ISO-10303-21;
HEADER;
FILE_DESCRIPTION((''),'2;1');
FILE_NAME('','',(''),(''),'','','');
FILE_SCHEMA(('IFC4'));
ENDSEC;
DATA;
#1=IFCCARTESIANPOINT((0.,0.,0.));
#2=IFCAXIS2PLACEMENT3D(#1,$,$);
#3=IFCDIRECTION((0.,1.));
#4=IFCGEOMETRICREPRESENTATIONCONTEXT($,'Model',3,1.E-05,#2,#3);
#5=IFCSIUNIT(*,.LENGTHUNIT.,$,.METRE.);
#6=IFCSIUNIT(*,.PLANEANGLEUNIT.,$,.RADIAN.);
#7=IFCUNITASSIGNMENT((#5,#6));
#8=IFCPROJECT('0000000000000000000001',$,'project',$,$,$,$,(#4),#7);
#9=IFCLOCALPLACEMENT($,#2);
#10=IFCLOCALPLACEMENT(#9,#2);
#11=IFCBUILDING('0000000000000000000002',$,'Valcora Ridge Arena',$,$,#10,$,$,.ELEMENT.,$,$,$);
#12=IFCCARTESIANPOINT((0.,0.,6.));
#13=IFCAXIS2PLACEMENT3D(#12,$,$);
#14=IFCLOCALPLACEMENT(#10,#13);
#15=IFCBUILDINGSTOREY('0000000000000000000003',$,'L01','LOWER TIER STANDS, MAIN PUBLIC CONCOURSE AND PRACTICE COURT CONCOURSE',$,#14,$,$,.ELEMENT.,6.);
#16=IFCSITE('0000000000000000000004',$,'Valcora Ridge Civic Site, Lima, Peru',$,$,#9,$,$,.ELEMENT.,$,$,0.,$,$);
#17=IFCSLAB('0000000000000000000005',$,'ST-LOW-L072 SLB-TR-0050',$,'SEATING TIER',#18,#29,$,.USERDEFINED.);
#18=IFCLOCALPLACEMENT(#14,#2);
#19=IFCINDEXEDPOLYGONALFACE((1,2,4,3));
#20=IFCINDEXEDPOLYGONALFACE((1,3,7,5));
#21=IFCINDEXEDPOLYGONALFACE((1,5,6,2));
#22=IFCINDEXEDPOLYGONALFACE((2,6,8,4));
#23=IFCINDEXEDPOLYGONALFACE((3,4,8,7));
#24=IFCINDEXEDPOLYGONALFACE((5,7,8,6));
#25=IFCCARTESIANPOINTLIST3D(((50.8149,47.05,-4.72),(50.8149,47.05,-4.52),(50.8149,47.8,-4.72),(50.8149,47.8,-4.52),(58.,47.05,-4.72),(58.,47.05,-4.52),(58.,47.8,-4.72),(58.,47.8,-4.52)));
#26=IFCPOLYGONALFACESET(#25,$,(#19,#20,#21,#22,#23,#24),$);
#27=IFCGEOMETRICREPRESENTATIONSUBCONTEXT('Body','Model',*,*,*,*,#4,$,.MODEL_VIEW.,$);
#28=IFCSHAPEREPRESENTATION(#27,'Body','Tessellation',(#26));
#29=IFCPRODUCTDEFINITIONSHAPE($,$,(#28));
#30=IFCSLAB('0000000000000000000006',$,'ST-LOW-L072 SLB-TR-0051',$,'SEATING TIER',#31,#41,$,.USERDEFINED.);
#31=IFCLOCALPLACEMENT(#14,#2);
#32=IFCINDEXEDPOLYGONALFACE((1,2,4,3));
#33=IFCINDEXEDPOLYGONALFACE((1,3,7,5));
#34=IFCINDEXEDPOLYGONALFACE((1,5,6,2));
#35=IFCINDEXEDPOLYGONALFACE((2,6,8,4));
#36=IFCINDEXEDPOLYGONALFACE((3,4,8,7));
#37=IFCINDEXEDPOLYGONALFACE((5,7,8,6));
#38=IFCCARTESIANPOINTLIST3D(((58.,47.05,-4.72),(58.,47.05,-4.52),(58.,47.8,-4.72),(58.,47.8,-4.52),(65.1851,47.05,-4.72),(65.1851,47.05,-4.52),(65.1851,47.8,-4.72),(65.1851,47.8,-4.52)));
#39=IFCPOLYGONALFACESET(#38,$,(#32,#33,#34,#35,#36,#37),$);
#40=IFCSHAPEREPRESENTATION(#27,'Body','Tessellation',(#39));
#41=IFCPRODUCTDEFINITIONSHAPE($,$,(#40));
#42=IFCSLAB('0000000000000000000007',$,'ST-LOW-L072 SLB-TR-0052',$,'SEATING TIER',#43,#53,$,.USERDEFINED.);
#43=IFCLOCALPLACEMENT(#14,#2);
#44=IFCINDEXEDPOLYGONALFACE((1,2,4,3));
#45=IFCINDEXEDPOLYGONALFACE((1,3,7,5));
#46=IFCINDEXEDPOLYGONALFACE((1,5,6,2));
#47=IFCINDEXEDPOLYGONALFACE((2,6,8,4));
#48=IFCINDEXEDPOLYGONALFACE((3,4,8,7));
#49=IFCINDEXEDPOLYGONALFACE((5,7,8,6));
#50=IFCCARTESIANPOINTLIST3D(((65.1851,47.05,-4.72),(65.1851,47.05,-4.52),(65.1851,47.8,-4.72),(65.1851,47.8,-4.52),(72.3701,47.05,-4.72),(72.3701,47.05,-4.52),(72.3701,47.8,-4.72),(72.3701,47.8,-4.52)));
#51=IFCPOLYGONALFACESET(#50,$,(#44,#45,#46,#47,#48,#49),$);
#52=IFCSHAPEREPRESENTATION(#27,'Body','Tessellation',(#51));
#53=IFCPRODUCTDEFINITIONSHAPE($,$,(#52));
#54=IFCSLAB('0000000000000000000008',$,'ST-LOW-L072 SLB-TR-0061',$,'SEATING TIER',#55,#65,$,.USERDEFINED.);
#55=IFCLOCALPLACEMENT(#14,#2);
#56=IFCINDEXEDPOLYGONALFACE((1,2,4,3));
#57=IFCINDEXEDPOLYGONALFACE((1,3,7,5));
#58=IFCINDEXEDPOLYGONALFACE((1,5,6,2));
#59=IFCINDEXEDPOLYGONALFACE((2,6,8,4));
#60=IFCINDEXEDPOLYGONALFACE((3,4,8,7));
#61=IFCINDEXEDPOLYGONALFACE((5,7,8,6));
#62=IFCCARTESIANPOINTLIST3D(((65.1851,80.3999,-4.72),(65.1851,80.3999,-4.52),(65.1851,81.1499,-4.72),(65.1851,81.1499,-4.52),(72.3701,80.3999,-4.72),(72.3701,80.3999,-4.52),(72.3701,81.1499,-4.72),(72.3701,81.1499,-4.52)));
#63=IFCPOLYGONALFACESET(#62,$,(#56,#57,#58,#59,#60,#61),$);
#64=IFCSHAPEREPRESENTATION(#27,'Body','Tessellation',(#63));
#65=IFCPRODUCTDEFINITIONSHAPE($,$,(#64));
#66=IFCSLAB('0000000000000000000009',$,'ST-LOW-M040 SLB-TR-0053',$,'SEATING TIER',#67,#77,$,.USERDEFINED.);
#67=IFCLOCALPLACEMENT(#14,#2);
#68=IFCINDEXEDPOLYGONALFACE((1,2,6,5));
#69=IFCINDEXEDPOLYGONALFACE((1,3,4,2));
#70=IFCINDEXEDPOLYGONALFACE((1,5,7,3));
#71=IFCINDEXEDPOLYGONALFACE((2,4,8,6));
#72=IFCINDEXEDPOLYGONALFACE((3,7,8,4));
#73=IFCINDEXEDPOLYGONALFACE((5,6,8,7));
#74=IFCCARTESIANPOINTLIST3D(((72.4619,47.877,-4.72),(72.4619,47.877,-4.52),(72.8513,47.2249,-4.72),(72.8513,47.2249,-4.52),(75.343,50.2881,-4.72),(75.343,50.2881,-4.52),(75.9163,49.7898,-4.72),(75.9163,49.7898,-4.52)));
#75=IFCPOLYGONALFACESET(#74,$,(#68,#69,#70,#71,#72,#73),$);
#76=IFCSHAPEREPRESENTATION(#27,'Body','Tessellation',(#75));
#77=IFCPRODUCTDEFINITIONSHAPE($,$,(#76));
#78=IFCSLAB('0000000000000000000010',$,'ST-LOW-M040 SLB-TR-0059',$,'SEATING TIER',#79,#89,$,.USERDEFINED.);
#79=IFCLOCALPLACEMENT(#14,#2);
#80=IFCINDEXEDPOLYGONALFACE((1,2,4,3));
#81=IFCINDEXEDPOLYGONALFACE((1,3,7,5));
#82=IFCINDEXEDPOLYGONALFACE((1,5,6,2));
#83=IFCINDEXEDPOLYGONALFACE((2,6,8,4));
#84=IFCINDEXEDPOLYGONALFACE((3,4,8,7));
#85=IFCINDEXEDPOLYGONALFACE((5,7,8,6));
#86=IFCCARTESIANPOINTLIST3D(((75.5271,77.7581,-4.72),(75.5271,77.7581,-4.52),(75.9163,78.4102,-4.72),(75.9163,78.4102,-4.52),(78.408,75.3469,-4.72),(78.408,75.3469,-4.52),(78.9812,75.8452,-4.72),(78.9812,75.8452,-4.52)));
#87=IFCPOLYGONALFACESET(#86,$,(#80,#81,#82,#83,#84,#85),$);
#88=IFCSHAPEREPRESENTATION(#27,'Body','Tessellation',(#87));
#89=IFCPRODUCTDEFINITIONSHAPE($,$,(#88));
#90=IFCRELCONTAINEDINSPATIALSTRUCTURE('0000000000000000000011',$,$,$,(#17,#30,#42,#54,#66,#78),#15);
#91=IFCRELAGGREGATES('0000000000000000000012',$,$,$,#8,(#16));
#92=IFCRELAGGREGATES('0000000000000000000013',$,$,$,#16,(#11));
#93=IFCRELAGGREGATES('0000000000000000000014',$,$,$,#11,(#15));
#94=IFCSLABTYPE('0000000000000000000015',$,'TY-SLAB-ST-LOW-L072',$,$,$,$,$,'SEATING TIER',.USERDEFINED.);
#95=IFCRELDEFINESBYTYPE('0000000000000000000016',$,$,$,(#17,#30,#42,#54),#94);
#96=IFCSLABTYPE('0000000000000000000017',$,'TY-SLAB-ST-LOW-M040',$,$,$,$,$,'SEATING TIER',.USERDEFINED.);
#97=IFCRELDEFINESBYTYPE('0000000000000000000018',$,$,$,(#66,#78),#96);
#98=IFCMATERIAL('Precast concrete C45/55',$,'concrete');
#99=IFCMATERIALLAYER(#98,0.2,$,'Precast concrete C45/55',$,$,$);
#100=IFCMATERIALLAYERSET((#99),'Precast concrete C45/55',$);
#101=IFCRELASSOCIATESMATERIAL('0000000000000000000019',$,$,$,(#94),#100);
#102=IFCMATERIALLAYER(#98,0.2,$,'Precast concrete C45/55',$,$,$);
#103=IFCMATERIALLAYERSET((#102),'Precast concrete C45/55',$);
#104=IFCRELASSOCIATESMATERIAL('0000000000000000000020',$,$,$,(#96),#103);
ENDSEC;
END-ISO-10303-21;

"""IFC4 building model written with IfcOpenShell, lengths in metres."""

from ifc_helpers import new_model, si_unit, direction, frame, origin, place, context, subcontext, project, spatial, polyline, outline, extrude, material, layer, layer_set, type_object, element, save


model = new_model("IFC4")

# Units and contexts
model_context = context("Model", 3, precision=1e-05, world=origin(), true_north=direction((0.0, 1.0)))
body_context = subcontext(model_context, "Body", "Model", "MODEL_VIEW")
ifc_project = project(units=[si_unit("LENGTHUNIT", "METRE"), si_unit("PLANEANGLEUNIT", "RADIAN")], contexts=[model_context])

# Site, building, storey
site_placement = place(None, origin())
site = spatial("IfcSite", under=ifc_project, at=site_placement, Name="Valcora Ridge Civic Site, Lima, Peru", CompositionType="ELEMENT", RefElevation=0.0)
building_placement = place(site_placement, origin())
building = spatial("IfcBuilding", under=site, at=building_placement, Name="Valcora Ridge Arena", CompositionType="ELEMENT")
storey_placement = place(building_placement, frame((0.0, 0.0, 6.0)))
storey = spatial("IfcBuildingStorey", under=building, at=storey_placement, Name="L01", Description="LOWER TIER STANDS, MAIN PUBLIC CONCOURSE AND PRACTICE COURT CONCOURSE", CompositionType="ELEMENT", Elevation=6.0)

# Slabs
ifc_material = material(Name="Precast concrete C45/55", Category="concrete")
ifc_layer_1 = layer(ifc_material, 0.2, Name="Precast concrete C45/55")
ifc_layer_set_1 = layer_set([ifc_layer_1], Name="Precast concrete C45/55")
slab_type_1 = type_object("IfcSlabType", Name="TY-SLAB-ST-LOW-L072", ElementType="SEATING TIER", PredefinedType="USERDEFINED", material=ifc_layer_set_1)
slab_1_placement = place(storey_placement, frame((0.0, 0.0, -4.72)))
element("IfcSlab", 1, at=slab_1_placement, inside=storey, type_object=slab_type_1, Name="ST-LOW-L072 SLB-TR-0050", ObjectType="SEATING TIER", PredefinedType="USERDEFINED", context=body_context, shape_type="SweptSolid", body=[
    extrude(outline(polyline([(50.8149, 47.8), (58.0, 47.8), (58.0, 47.05), (50.8149, 47.05), (50.8149, 47.8)])), origin(), (0.0, 0.0, 1.0), 0.2),
])
slab_2_placement = place(storey_placement, frame((0.0, 0.0, -4.72)))
element("IfcSlab", 2, at=slab_2_placement, inside=storey, type_object=slab_type_1, Name="ST-LOW-L072 SLB-TR-0051", ObjectType="SEATING TIER", PredefinedType="USERDEFINED", context=body_context, shape_type="SweptSolid", body=[
    extrude(outline(polyline([(58.0, 47.8), (65.1851, 47.8), (65.1851, 47.05), (58.0, 47.05), (58.0, 47.8)])), origin(), (0.0, 0.0, 1.0), 0.2),
])
slab_3_placement = place(storey_placement, frame((0.0, 0.0, -4.72)))
element("IfcSlab", 3, at=slab_3_placement, inside=storey, type_object=slab_type_1, Name="ST-LOW-L072 SLB-TR-0052", ObjectType="SEATING TIER", PredefinedType="USERDEFINED", context=body_context, shape_type="SweptSolid", body=[
    extrude(outline(polyline([(65.1851, 47.8), (72.3701, 47.8), (72.3701, 47.05), (65.1851, 47.05), (65.1851, 47.8)])), origin(), (0.0, 0.0, 1.0), 0.2),
])
slab_4_placement = place(storey_placement, frame((0.0, 0.0, -4.72)))
element("IfcSlab", 4, at=slab_4_placement, inside=storey, type_object=slab_type_1, Name="ST-LOW-L072 SLB-TR-0061", ObjectType="SEATING TIER", PredefinedType="USERDEFINED", context=body_context, shape_type="SweptSolid", body=[
    extrude(outline(polyline([(72.3701, 80.3999), (65.1851, 80.3999), (65.1851, 81.1499), (72.3701, 81.1499), (72.3701, 80.3999)])), origin(), (0.0, 0.0, 1.0), 0.2),
])
ifc_layer_2 = layer(ifc_material, 0.2, Name="Precast concrete C45/55")
ifc_layer_set_2 = layer_set([ifc_layer_2], Name="Precast concrete C45/55")
slab_type_2 = type_object("IfcSlabType", Name="TY-SLAB-ST-LOW-M040", ElementType="SEATING TIER", PredefinedType="USERDEFINED", material=ifc_layer_set_2)
slab_5_placement = place(storey_placement, frame((0.0, 0.0, -4.72)))
element("IfcSlab", 5, at=slab_5_placement, inside=storey, type_object=slab_type_2, Name="ST-LOW-M040 SLB-TR-0053", ObjectType="SEATING TIER", PredefinedType="USERDEFINED", context=body_context, shape_type="SweptSolid", body=[
    extrude(outline(polyline([(72.4619, 47.877), (75.343, 50.2881), (75.9163, 49.7898), (72.8513, 47.2249), (72.4619, 47.877)])), origin(), (0.0, 0.0, 1.0), 0.2),
])
slab_6_placement = place(storey_placement, frame((0.0, 0.0, -4.72)))
element("IfcSlab", 6, at=slab_6_placement, inside=storey, type_object=slab_type_2, Name="ST-LOW-M040 SLB-TR-0059", ObjectType="SEATING TIER", PredefinedType="USERDEFINED", context=body_context, shape_type="SweptSolid", body=[
    extrude(outline(polyline([(78.408, 75.3469), (75.5271, 77.7581), (75.9163, 78.4102), (78.9812, 75.8452), (78.408, 75.3469)])), origin(), (0.0, 0.0, 1.0), 0.2),
])

save(model, "model.ifc")
